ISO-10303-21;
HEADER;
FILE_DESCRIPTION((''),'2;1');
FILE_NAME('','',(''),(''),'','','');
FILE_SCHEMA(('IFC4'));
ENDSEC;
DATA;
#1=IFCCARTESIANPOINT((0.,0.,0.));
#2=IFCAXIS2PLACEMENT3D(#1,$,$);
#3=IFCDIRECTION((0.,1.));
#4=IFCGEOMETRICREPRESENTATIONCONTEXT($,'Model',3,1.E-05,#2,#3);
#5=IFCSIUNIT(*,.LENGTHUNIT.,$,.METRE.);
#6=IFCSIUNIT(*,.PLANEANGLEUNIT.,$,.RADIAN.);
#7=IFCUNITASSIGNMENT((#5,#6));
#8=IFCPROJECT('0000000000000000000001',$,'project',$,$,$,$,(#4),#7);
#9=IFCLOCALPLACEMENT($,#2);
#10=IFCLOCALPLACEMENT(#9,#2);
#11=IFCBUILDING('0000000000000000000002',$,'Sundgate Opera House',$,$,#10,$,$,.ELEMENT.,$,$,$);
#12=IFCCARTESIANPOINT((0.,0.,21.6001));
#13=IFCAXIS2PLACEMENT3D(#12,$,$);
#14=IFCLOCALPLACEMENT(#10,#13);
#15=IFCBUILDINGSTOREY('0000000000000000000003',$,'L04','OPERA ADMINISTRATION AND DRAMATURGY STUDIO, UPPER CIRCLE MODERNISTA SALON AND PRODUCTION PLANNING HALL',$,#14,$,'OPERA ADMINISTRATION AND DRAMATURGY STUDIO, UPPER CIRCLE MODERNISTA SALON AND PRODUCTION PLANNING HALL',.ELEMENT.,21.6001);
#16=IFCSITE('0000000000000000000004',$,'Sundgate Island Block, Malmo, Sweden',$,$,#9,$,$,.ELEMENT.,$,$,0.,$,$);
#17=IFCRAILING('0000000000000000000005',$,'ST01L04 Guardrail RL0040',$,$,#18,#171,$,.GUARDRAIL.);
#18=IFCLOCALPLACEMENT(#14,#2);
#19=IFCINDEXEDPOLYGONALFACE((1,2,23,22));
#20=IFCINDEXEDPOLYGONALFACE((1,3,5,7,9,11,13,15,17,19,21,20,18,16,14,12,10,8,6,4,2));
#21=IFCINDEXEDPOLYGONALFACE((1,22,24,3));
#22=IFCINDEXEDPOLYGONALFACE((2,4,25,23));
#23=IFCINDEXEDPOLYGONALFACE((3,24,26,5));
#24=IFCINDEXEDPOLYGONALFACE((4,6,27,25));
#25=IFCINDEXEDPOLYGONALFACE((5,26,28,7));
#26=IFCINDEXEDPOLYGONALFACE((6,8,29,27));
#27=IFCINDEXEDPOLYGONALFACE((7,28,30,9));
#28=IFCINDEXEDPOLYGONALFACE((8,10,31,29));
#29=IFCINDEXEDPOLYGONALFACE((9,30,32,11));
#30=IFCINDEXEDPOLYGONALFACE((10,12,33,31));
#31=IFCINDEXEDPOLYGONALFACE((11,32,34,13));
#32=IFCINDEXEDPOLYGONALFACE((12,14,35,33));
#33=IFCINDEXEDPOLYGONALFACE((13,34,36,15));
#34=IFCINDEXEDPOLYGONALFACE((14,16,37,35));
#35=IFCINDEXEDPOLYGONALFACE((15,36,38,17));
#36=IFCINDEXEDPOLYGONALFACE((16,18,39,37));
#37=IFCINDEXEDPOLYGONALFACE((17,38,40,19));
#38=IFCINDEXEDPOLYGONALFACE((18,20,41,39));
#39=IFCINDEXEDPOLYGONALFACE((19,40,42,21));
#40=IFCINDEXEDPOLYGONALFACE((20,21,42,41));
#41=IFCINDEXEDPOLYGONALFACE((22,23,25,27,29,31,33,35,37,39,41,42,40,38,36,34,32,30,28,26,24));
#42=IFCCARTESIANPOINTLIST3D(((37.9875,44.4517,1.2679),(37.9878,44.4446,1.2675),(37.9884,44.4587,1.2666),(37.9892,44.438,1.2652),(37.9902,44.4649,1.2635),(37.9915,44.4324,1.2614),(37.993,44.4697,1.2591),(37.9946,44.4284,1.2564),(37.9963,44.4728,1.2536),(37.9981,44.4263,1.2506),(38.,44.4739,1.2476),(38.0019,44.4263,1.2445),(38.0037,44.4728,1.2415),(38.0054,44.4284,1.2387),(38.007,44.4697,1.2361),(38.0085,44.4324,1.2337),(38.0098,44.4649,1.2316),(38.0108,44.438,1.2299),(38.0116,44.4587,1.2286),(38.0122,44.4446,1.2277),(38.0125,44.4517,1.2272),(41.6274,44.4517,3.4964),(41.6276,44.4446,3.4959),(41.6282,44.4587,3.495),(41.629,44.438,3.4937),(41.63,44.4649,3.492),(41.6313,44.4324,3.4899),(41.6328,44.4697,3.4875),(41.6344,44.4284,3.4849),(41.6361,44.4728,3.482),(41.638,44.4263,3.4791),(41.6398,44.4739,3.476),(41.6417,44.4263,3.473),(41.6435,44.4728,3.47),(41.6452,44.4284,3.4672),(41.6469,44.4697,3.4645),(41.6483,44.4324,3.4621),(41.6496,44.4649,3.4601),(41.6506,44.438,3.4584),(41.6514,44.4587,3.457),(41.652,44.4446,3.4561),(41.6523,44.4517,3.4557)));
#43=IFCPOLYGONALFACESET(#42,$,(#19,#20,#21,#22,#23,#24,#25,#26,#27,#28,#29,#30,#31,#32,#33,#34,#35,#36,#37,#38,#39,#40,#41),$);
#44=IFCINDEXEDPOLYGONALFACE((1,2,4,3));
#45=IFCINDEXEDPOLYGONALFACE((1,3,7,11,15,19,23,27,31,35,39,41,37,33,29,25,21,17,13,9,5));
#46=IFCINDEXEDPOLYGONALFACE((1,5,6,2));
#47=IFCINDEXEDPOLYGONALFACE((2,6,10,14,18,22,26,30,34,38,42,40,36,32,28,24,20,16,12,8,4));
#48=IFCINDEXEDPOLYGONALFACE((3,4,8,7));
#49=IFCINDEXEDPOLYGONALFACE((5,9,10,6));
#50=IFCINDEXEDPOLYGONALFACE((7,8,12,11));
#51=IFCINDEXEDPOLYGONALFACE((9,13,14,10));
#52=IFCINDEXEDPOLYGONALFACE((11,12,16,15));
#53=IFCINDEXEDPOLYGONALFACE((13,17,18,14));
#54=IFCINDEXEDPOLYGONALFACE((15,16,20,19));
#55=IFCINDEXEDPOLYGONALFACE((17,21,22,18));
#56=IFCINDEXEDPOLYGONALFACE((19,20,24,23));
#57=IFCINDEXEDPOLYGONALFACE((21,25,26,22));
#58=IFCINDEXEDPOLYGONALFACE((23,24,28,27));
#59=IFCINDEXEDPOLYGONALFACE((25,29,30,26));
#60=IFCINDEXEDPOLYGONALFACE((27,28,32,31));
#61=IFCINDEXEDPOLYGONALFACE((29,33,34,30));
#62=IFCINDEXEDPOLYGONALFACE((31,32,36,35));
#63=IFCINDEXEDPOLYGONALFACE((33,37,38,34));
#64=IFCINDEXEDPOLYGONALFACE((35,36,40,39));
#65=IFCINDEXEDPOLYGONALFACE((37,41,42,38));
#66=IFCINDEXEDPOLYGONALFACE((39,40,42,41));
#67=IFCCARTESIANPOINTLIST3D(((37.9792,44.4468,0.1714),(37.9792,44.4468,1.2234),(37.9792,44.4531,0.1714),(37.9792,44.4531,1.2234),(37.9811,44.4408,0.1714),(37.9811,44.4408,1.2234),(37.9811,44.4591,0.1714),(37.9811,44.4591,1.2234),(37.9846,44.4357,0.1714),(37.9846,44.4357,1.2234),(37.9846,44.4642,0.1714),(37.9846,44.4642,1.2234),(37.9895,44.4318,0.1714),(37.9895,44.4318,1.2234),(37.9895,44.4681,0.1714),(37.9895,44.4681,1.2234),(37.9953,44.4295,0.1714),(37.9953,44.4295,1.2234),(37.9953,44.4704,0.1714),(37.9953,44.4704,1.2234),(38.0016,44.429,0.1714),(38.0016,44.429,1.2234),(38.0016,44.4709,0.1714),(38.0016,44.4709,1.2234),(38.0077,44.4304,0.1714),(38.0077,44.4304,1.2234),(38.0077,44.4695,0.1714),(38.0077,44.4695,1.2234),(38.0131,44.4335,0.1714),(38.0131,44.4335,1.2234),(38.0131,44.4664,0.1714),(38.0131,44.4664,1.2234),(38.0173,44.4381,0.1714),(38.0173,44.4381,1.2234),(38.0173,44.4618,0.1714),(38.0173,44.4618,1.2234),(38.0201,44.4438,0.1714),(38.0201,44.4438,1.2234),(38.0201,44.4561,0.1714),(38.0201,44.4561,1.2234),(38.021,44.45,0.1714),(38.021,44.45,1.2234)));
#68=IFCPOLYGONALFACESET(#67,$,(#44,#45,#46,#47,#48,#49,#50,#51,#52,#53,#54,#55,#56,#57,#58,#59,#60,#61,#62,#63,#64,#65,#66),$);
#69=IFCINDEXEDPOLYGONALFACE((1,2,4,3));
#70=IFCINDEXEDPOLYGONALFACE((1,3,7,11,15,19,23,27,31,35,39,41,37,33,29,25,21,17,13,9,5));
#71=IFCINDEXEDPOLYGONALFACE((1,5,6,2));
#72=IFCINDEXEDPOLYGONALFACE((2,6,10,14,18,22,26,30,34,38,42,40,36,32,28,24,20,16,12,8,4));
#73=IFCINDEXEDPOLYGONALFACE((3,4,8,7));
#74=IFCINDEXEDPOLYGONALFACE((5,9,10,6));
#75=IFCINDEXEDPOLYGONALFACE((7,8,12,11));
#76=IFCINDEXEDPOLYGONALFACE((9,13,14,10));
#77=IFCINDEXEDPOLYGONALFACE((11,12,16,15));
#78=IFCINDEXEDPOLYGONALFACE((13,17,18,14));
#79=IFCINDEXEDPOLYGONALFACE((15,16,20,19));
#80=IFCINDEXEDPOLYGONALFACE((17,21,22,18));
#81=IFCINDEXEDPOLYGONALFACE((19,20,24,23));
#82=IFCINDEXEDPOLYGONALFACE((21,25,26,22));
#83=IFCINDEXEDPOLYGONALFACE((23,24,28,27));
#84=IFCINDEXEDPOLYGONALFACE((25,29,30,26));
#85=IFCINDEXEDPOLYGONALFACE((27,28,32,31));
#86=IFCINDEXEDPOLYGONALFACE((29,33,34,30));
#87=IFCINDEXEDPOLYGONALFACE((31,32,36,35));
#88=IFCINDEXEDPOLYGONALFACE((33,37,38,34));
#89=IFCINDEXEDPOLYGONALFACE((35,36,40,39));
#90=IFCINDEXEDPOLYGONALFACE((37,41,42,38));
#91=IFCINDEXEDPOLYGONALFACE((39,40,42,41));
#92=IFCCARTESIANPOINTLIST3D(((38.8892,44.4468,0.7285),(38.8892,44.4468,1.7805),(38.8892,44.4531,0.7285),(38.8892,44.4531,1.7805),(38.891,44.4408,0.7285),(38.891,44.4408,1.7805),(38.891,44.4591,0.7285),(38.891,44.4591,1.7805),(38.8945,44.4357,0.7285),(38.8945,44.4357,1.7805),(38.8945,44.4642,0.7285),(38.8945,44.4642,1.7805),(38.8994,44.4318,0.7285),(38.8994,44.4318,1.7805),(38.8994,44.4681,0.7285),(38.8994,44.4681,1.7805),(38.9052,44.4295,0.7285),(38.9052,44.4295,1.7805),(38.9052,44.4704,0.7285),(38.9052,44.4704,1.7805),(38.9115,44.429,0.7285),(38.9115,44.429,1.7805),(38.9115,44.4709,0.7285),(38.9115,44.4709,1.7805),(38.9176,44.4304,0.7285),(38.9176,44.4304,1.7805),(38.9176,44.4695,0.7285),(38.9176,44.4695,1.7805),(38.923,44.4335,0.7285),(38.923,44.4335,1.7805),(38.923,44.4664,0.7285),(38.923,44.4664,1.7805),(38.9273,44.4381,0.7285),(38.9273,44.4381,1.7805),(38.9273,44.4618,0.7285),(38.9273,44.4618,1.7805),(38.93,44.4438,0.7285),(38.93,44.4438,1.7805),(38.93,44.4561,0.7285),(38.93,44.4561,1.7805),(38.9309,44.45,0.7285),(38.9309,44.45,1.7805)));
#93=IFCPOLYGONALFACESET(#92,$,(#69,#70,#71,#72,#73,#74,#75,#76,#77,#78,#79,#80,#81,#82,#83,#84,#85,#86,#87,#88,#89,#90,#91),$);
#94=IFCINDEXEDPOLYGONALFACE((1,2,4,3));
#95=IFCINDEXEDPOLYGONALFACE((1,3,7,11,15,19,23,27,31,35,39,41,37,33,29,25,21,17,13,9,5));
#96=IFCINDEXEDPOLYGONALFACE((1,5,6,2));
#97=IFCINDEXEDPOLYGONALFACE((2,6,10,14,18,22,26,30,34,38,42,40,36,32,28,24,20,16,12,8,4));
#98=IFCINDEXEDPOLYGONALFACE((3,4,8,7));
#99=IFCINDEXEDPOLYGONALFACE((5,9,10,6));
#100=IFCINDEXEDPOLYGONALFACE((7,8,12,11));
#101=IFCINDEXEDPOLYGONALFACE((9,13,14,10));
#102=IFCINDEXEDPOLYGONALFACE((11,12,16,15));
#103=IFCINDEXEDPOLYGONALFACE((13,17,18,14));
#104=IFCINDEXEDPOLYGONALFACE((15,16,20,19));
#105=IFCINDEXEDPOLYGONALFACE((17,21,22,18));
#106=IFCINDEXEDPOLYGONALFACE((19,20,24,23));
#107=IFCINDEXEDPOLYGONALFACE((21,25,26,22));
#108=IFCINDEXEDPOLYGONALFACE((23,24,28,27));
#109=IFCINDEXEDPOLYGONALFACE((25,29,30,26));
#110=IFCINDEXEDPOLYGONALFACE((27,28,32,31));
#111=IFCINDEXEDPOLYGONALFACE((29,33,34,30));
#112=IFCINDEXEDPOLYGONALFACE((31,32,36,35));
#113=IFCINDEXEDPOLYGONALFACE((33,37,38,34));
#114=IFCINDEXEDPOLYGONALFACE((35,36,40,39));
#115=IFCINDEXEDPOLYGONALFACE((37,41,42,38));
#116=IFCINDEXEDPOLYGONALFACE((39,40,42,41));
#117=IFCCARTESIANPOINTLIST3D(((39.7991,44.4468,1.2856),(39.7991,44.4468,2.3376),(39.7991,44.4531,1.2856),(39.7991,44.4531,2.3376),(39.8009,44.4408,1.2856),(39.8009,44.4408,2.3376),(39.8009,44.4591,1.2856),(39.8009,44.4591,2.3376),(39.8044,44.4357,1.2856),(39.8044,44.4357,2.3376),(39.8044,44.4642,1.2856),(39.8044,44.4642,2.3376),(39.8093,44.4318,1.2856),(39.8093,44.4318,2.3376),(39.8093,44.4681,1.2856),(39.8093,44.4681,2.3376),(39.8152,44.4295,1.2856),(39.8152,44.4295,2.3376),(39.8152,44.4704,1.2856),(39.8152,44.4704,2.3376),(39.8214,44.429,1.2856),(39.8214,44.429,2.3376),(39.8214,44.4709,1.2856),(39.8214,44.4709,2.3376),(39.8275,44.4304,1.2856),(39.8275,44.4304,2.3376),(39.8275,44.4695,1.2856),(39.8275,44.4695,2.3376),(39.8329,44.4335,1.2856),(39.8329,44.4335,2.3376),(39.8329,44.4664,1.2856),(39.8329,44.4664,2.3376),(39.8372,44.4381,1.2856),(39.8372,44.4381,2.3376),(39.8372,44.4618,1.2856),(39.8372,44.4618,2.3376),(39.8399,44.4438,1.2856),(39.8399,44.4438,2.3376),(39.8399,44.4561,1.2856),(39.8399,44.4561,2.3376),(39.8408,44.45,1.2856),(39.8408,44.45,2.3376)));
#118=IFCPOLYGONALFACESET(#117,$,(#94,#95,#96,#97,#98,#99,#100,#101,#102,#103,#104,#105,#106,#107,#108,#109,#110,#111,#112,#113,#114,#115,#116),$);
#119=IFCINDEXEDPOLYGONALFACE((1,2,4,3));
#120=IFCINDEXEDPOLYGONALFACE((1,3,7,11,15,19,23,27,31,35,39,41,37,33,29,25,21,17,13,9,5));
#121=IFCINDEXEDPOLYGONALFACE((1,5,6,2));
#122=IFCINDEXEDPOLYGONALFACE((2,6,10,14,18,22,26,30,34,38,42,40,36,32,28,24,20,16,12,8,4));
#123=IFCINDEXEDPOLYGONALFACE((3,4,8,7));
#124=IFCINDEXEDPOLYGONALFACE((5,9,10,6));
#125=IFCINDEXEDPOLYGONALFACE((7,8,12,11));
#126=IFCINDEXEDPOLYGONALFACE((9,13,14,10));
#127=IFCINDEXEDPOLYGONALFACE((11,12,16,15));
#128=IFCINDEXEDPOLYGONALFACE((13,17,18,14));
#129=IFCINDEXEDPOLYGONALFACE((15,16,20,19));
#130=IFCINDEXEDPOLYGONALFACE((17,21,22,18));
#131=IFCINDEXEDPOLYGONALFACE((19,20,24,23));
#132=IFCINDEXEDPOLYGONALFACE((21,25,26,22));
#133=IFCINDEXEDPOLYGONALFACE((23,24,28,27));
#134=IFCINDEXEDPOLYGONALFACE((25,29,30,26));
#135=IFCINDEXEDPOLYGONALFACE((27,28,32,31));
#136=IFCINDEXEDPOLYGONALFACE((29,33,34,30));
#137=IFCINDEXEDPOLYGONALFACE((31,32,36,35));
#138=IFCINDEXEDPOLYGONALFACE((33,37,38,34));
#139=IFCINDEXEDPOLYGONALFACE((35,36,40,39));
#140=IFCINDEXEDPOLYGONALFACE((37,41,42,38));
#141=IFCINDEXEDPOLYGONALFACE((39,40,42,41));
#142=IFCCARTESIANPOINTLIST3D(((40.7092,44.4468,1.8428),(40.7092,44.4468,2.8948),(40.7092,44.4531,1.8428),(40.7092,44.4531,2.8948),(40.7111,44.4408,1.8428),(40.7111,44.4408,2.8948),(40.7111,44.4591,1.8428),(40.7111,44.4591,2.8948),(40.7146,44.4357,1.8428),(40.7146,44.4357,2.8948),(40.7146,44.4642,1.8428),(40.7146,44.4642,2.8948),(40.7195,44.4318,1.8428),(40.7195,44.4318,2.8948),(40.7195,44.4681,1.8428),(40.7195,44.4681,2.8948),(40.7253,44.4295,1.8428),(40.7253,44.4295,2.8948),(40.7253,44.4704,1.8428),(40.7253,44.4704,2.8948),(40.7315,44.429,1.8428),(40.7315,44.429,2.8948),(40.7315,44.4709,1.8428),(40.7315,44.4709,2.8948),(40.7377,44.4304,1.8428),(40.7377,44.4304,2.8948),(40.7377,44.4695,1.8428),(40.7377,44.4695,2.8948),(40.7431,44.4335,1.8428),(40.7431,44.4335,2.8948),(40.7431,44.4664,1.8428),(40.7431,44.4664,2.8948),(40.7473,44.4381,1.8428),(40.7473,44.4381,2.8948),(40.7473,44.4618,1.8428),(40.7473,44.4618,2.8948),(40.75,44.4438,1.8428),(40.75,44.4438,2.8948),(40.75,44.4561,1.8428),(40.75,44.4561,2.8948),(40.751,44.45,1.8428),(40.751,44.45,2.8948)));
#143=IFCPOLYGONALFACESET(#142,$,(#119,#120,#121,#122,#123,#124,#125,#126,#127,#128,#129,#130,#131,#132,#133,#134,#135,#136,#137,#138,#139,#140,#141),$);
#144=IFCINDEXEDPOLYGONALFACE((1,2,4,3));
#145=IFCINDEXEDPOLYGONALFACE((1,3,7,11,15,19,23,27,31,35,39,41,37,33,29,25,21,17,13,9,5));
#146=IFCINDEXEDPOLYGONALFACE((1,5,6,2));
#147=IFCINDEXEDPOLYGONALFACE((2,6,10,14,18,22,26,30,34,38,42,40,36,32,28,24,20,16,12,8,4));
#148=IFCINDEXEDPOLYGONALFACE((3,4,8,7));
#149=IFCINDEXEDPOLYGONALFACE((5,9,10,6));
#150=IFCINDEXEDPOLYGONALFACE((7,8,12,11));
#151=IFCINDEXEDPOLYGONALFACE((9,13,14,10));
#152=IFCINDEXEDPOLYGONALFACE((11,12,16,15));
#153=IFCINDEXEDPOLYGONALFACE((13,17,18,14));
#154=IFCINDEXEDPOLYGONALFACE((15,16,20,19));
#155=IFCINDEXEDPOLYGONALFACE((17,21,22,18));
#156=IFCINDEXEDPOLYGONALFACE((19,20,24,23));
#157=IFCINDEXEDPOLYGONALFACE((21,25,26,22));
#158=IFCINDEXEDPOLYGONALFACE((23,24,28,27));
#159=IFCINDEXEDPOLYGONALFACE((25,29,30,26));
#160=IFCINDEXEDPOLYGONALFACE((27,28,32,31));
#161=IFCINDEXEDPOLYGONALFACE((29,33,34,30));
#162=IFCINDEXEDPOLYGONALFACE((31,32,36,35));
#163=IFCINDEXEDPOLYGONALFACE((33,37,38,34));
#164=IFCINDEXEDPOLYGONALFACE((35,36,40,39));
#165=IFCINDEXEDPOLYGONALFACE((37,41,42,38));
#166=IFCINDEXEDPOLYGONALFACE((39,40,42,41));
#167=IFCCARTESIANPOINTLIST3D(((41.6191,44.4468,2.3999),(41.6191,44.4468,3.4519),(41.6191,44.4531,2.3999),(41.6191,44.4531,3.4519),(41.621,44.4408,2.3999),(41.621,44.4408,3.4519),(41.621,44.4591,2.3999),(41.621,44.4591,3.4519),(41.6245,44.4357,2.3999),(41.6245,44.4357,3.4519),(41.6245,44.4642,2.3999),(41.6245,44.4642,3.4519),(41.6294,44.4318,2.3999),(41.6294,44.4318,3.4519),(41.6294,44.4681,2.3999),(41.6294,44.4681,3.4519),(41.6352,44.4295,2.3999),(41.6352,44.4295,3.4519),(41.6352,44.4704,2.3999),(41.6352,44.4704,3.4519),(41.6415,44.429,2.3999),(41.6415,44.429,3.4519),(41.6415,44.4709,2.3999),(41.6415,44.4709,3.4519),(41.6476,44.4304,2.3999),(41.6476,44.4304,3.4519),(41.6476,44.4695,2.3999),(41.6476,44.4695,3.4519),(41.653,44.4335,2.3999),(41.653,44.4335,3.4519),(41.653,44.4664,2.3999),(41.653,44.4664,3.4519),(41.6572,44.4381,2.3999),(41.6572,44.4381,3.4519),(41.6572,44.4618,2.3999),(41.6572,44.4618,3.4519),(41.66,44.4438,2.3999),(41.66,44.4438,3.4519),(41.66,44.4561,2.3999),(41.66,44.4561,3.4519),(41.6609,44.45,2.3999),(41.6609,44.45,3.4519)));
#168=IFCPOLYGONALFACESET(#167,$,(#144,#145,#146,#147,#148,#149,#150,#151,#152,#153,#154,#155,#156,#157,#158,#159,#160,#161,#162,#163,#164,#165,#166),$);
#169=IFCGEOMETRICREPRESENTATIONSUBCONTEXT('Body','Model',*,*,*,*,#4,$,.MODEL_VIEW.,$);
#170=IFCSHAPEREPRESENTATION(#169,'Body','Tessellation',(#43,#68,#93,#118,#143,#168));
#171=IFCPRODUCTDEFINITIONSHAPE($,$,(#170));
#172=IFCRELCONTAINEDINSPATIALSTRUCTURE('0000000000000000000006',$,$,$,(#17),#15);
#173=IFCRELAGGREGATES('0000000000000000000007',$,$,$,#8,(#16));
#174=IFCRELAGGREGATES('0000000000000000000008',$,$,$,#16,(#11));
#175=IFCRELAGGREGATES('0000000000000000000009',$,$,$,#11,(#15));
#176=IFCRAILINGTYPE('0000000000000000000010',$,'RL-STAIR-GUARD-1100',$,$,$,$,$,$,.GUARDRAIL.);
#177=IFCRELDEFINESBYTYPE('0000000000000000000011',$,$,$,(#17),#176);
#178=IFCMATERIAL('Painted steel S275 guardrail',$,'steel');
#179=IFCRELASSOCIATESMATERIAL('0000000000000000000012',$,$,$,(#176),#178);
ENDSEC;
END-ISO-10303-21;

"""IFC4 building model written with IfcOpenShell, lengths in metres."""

from ifc_helpers import new_model, si_unit, direction, frame, origin, origin_2d, place, context, subcontext, project, spatial, circle, extrude, material, type_object, element, save


model = new_model("IFC4")

# Units and contexts
model_context = context("Model", 3, precision=1e-05, world=origin(), true_north=direction((0.0, 1.0)))
body_context = subcontext(model_context, "Body", "Model", "MODEL_VIEW")
ifc_project = project(units=[si_unit("LENGTHUNIT", "METRE"), si_unit("PLANEANGLEUNIT", "RADIAN")], contexts=[model_context])

# Site, building, storey
site_placement = place(None, origin())
site = spatial("IfcSite", under=ifc_project, at=site_placement, Name="Sundgate Island Block, Malmo, Sweden", CompositionType="ELEMENT", RefElevation=0.0)
building_placement = place(site_placement, origin())
building = spatial("IfcBuilding", under=site, at=building_placement, Name="Sundgate Opera House", CompositionType="ELEMENT")
storey_placement = place(building_placement, frame((0.0, 0.0, 21.6001)))
storey = spatial("IfcBuildingStorey", under=building, at=storey_placement, Name="L04", Description="OPERA ADMINISTRATION AND DRAMATURGY STUDIO, UPPER CIRCLE MODERNISTA SALON AND PRODUCTION PLANNING HALL", LongName="OPERA ADMINISTRATION AND DRAMATURGY STUDIO, UPPER CIRCLE MODERNISTA SALON AND PRODUCTION PLANNING HALL", CompositionType="ELEMENT", Elevation=21.6001)

# Railing
ifc_material_1 = material(Name="Painted steel S275 guardrail", Category="steel")
railing_type_1 = type_object("IfcRailingType", Name="RL-STAIR-GUARD-1100", PredefinedType="GUARDRAIL", material=ifc_material_1)
railing_1_placement = place(storey_placement, frame((38.0, 44.45, 0.1714)))
element("IfcRailing", 1, at=railing_1_placement, inside=storey, type_object=railing_type_1, Name="ST01L04 Guardrail RL0040", PredefinedType="GUARDRAIL", context=body_context, shape_type="SweptSolid", body=[
    extrude(circle(Radius=0.0239, at=origin_2d()), frame((0.0, 0.0, 1.0762), z_axis=(0.85285, 0.0, 0.522156), x_axis=(0.0, 1.0, 0.0)), (0.0, 0.0, 1.0), 4.2678),
    extrude(circle(Radius=0.021, at=origin_2d()), origin(), (0.0, 0.0, 1.0), 1.052),
    extrude(circle(Radius=0.021, at=origin_2d()), frame((0.9099, 0.0, 0.5571)), (0.0, 0.0, 1.0), 1.052),
    extrude(circle(Radius=0.021, at=origin_2d()), frame((1.8198, 0.0, 1.1143)), (0.0, 0.0, 1.0), 1.052),
    extrude(circle(Radius=0.021, at=origin_2d()), frame((2.73, 0.0, 1.6714)), (0.0, 0.0, 1.0), 1.052),
    extrude(circle(Radius=0.021, at=origin_2d()), frame((3.6399, 0.0, 2.2285)), (0.0, 0.0, 1.0), 1.052),
])

save(model, "model.ifc")
